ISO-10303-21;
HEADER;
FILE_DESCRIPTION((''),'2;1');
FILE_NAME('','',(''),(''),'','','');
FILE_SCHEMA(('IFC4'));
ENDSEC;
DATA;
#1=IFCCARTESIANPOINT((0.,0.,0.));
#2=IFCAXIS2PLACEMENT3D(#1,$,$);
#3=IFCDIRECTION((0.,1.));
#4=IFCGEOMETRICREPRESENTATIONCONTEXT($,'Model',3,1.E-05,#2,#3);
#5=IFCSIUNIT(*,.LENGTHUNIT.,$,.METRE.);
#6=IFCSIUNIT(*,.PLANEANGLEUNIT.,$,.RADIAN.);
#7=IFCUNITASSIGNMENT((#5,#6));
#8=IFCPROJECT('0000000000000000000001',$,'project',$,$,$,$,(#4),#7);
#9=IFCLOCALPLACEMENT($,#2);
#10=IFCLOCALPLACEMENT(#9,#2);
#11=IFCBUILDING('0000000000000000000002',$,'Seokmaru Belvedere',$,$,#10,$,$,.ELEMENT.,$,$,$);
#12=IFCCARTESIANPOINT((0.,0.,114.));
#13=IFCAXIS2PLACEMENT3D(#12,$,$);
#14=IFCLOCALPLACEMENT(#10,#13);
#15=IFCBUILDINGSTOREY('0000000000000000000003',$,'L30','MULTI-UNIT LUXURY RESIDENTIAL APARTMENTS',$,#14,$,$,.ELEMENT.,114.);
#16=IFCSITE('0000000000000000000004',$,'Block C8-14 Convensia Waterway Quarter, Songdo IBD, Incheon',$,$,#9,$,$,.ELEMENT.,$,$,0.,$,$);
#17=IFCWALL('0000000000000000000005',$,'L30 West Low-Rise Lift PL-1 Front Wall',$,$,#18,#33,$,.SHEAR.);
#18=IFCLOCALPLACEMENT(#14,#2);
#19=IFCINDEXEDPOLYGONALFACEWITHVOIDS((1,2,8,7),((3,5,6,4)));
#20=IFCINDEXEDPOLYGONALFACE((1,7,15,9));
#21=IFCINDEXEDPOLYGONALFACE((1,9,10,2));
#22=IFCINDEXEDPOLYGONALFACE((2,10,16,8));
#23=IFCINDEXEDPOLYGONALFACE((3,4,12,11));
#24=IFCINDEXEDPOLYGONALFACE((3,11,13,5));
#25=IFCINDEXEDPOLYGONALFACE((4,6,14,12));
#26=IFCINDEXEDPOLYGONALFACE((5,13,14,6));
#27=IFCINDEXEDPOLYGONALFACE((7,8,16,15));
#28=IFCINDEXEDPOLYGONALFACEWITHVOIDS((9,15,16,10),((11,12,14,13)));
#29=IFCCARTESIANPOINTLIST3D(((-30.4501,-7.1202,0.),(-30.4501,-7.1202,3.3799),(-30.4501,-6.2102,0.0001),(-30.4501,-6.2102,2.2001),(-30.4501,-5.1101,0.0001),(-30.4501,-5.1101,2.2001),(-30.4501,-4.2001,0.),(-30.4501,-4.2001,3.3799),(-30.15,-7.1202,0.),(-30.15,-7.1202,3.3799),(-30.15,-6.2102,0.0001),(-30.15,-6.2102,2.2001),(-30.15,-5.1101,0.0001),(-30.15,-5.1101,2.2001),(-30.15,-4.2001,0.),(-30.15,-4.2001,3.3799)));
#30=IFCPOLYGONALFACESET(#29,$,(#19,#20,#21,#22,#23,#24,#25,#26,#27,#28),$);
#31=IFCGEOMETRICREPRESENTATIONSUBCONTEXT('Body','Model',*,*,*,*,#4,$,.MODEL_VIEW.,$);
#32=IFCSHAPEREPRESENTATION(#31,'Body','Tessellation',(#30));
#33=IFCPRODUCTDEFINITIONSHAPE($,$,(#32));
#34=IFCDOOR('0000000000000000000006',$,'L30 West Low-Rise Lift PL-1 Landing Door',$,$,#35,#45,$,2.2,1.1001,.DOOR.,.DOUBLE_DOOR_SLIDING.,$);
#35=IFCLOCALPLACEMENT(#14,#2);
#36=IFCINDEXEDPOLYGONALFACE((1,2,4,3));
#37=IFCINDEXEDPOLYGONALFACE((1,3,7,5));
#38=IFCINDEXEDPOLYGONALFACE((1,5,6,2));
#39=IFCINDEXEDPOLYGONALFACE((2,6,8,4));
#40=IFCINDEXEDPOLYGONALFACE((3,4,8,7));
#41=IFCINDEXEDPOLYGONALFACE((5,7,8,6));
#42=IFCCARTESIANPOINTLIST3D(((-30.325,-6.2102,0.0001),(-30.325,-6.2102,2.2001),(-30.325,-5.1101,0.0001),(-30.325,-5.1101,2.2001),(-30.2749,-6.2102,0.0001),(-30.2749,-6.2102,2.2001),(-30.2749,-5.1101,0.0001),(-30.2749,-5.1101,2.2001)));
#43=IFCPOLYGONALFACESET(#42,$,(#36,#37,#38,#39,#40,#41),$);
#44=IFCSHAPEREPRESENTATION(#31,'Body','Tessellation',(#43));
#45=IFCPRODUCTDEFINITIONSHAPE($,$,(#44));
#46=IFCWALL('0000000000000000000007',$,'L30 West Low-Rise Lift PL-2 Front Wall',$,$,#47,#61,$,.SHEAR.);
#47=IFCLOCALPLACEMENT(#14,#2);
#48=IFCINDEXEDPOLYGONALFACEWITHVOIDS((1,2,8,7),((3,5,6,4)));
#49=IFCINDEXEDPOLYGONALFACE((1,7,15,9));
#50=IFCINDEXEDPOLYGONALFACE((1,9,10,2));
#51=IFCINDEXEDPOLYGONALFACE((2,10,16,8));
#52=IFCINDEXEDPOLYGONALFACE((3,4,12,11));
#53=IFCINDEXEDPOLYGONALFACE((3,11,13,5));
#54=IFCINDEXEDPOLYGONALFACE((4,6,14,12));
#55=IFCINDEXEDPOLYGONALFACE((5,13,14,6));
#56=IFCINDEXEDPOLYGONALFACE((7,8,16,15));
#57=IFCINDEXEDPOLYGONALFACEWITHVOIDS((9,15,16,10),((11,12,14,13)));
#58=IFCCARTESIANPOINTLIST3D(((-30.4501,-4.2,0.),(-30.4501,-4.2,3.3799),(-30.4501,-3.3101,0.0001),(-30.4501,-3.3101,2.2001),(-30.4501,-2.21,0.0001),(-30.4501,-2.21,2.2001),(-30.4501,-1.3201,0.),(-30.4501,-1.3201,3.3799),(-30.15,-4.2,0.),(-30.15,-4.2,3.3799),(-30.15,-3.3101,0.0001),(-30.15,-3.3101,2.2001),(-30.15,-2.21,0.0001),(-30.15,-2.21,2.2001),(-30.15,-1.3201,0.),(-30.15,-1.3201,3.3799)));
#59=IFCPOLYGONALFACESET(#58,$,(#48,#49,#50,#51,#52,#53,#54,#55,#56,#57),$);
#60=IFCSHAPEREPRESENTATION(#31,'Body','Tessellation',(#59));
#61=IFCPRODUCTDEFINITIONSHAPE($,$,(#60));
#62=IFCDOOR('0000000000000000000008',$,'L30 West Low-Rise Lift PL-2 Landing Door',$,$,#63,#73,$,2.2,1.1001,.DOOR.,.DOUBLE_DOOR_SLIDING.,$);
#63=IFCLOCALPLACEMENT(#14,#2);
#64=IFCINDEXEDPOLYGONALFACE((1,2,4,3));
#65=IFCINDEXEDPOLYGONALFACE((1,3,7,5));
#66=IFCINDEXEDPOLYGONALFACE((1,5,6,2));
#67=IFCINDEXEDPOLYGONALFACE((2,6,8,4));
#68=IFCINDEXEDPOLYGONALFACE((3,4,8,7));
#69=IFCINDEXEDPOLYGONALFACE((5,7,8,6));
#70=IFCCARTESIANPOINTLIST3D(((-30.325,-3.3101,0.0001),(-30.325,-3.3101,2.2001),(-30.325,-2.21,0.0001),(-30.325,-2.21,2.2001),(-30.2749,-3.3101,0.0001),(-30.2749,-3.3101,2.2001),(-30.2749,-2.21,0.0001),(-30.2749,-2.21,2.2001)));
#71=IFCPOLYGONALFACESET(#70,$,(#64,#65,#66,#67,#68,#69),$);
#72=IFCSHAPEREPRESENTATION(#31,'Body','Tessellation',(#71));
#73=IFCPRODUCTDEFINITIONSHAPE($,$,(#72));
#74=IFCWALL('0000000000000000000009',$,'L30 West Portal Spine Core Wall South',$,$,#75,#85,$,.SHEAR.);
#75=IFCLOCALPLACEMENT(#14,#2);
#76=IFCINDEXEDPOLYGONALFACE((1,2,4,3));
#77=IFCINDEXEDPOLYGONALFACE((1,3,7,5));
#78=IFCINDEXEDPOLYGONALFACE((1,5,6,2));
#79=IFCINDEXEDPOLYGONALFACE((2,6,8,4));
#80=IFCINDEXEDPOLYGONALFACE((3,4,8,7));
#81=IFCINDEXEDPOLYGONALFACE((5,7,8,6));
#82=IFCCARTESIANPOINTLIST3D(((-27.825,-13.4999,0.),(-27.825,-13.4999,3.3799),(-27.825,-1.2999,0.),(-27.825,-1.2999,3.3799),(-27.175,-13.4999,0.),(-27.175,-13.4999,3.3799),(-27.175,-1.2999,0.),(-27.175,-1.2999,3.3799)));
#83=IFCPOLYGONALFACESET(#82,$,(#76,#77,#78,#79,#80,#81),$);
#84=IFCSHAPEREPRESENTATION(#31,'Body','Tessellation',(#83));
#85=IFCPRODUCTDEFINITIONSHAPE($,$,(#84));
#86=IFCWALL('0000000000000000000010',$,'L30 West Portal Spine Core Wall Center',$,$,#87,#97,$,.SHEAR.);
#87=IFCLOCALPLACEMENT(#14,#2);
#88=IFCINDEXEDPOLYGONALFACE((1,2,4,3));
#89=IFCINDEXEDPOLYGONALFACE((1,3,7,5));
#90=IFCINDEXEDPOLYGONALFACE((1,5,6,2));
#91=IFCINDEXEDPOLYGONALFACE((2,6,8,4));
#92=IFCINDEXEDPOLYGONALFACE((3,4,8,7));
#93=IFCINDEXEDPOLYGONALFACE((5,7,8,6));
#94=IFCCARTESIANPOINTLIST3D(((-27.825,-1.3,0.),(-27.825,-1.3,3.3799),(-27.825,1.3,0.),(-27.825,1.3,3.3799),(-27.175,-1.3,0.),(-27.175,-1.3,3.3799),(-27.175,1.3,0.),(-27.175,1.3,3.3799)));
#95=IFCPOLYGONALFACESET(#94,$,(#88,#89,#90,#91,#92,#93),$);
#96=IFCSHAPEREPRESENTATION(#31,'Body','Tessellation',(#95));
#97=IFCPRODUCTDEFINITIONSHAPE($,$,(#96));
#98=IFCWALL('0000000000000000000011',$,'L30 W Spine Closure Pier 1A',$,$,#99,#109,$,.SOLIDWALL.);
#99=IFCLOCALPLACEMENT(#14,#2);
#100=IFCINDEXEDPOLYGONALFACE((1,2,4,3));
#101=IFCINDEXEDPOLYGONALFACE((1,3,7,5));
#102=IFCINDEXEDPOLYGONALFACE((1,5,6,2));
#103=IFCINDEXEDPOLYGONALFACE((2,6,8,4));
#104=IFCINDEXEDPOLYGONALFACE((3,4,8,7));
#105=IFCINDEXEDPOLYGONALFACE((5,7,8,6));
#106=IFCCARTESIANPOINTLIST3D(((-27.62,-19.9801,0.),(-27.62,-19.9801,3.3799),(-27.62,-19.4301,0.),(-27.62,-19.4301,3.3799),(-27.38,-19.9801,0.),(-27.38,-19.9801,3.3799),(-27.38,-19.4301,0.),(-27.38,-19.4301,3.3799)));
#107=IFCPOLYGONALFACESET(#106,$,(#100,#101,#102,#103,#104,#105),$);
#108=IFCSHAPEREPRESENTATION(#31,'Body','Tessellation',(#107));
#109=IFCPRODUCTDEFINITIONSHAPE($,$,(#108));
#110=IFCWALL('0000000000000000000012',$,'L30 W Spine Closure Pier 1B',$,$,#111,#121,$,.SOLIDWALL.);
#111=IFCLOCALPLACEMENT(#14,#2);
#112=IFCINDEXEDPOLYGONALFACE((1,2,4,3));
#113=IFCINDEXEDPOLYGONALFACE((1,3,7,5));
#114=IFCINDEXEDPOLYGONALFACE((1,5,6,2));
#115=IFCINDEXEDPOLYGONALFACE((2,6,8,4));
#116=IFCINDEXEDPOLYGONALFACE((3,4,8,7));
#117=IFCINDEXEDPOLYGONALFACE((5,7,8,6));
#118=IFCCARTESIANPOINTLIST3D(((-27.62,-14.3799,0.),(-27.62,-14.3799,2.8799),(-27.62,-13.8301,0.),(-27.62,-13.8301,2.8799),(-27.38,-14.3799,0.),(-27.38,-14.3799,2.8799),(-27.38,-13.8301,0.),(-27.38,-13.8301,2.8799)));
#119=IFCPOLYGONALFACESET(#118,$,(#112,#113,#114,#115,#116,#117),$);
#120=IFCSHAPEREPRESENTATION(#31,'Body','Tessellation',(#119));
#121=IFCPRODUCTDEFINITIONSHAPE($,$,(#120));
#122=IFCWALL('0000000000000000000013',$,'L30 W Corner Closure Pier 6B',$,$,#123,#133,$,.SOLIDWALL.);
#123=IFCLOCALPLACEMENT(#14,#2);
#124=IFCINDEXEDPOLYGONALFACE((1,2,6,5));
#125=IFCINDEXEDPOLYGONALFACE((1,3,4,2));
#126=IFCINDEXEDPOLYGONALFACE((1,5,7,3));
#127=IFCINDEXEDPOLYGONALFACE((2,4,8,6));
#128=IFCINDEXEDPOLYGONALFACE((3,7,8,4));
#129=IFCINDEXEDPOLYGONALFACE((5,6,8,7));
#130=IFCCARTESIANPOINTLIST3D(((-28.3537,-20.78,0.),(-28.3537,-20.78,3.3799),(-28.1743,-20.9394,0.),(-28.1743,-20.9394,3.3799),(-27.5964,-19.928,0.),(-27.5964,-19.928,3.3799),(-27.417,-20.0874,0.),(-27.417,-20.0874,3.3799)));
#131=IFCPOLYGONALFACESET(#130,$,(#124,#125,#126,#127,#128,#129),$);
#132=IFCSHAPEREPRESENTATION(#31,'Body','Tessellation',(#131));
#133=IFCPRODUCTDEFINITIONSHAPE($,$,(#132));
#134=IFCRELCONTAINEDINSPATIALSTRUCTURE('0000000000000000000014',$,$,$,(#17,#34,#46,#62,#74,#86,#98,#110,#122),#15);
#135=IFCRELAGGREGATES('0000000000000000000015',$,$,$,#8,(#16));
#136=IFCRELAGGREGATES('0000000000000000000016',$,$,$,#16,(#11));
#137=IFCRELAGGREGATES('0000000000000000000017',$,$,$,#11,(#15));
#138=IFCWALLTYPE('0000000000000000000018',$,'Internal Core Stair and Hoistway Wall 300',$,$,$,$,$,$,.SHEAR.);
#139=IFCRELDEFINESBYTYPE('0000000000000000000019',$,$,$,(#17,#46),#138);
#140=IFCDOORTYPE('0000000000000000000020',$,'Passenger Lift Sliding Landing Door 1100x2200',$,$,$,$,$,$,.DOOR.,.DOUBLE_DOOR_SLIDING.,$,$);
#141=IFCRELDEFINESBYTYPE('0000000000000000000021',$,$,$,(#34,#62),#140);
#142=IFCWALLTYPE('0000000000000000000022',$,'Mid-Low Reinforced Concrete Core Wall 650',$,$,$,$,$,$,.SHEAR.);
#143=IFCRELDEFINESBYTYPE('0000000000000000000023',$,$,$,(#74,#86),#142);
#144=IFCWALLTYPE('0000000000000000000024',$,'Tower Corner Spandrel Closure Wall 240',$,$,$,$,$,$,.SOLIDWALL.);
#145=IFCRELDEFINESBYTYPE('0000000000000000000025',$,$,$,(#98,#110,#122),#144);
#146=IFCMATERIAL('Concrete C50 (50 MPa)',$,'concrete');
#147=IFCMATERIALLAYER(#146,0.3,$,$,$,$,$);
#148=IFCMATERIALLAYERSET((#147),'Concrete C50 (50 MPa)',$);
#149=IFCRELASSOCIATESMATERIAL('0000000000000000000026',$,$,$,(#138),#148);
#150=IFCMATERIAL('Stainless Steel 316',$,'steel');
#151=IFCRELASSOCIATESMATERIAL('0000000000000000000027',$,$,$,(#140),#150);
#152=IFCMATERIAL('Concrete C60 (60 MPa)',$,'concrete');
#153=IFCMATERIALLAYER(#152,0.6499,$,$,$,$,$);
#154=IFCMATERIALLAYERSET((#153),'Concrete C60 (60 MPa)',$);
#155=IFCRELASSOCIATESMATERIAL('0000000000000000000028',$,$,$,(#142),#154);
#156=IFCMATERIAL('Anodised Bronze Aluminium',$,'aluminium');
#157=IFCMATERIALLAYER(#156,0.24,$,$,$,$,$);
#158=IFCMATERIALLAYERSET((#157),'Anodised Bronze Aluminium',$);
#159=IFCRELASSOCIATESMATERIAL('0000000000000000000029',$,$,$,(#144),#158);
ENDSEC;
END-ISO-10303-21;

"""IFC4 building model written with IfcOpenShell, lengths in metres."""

from ifc_helpers import new_model, si_unit, direction, frame, frame_2d, origin, place, context, subcontext, project, spatial, rectangle, extrude, source, transform, mapped, material, layer, layer_set, type_object, type_shapes, element, fill, save


model = new_model("IFC4")

# Units and contexts
model_context = context("Model", 3, precision=1e-05, world=origin(), true_north=direction((0.0, 1.0)))
body_context = subcontext(model_context, "Body", "Model", "MODEL_VIEW")
ifc_project = project(units=[si_unit("LENGTHUNIT", "METRE"), si_unit("PLANEANGLEUNIT", "RADIAN")], contexts=[model_context])

# Site, building, storey
site_placement = place(None, origin())
site = spatial("IfcSite", under=ifc_project, at=site_placement, Name="Block C8-14 Convensia Waterway Quarter, Songdo IBD, Incheon", CompositionType="ELEMENT", RefElevation=0.0)
building_placement = place(site_placement, origin())
building = spatial("IfcBuilding", under=site, at=building_placement, Name="Seokmaru Belvedere", CompositionType="ELEMENT")
storey_placement = place(building_placement, frame((0.0, 0.0, 114.0)))
storey = spatial("IfcBuildingStorey", under=building, at=storey_placement, Name="L30", Description="MULTI-UNIT LUXURY RESIDENTIAL APARTMENTS", CompositionType="ELEMENT", Elevation=114.0)

# Shared definitions
ifc_material_1 = material(Name="Anodised Bronze Aluminium", Category="aluminium")

# Shared definitions
ifc_material_2 = material(Name="Concrete C50 (50 MPa)", Category="concrete")

# Walls, openings, doors
ifc_layer_1 = layer(ifc_material_2, 0.3)
ifc_layer_set_1 = layer_set([ifc_layer_1], Name="Concrete C50 (50 MPa)")
wall_type_1 = type_object("IfcWallType", Name="Internal Core Stair and Hoistway Wall 300", PredefinedType="SHEAR", material=ifc_layer_set_1)
ifc_material_3 = material(Name="Stainless Steel 316", Category="steel")
wall_1_placement = place(storey_placement, frame((-30.3, -7.1201, 0.0), z_axis=(0.0, 0.0, 1.0), x_axis=(0.0, 1.0, 0.0)))
wall_1 = element("IfcWall", 1, at=wall_1_placement, inside=storey, type_object=wall_type_1, Name="L30 West Low-Rise Lift PL-1 Front Wall", PredefinedType="SHEAR", context=body_context, shape_type="SweptSolid", body=[
    extrude(rectangle(XDim=2.9202, YDim=0.3, at=frame_2d((1.46, 0.0))), origin(), (0.0, 0.0, 1.0), 3.3799),
])
opening_1_placement = place(wall_1_placement, frame((0.9099, 0.0, 0.0)))
opening_1 = element("IfcOpeningElement", 2, at=opening_1_placement, cuts=wall_1, PredefinedType="OPENING", context=body_context, shape_type="SweptSolid", body=[
    extrude(rectangle(XDim=1.1001, YDim=2.2, at=frame_2d((0.55, 1.1001))), frame((0.0, 0.1602, 0.0), z_axis=(0.0, -1.0, 0.0), x_axis=(1.0, 0.0, 0.0)), (0.0, 0.0, 1.0), 0.3201),
])
door_type_1 = type_object("IfcDoorType", Name="Passenger Lift Sliding Landing Door 1100x2200", OperationType="DOUBLE_DOOR_SLIDING", PredefinedType="DOOR", material=ifc_material_3)
shared_shape_1 = source(origin(), body_context, "Body", "SweptSolid", [
    extrude(rectangle(XDim=1.1001, YDim=2.2, at=frame_2d((0.55, 1.1001))), frame((0.0, 0.0249, 0.0), z_axis=(0.0, -1.0, 0.0), x_axis=(1.0, 0.0, 0.0)), (0.0, 0.0, 1.0), 0.05),
])
type_shapes(door_type_1, [shared_shape_1])
door_1_placement = place(opening_1_placement, origin())
door_1 = element("IfcDoor", 3, at=door_1_placement, inside=storey, type_object=door_type_1, Name="L30 West Low-Rise Lift PL-1 Landing Door", OperationType="DOUBLE_DOOR_SLIDING", OverallHeight=2.2, OverallWidth=1.1001, PredefinedType="DOOR", context=body_context, shape_type="MappedRepresentation", body=[
    mapped(shared_shape_1, transform((0.0, 0.0, 0.0), scale=1.0)),
])
fill(opening_1, door_1)
wall_2_placement = place(storey_placement, frame((-30.3, -4.2, 0.0), z_axis=(0.0, 0.0, 1.0), x_axis=(0.0, 1.0, 0.0)))
wall_2 = element("IfcWall", 4, at=wall_2_placement, inside=storey, type_object=wall_type_1, Name="L30 West Low-Rise Lift PL-2 Front Wall", PredefinedType="SHEAR", context=body_context, shape_type="SweptSolid", body=[
    extrude(rectangle(XDim=2.8799, YDim=0.3, at=frame_2d((1.4399, 0.0))), origin(), (0.0, 0.0, 1.0), 3.3799),
])
opening_2_placement = place(wall_2_placement, frame((0.8899, 0.0, 0.0)))
opening_2 = element("IfcOpeningElement", 5, at=opening_2_placement, cuts=wall_2, PredefinedType="OPENING", context=body_context, shape_type="SweptSolid", body=[
    extrude(rectangle(XDim=1.1001, YDim=2.2, at=frame_2d((0.55, 1.1001))), frame((0.0, 0.1602, 0.0), z_axis=(0.0, -1.0, 0.0), x_axis=(1.0, 0.0, 0.0)), (0.0, 0.0, 1.0), 0.3201),
])
door_2_placement = place(opening_2_placement, origin())
door_2 = element("IfcDoor", 6, at=door_2_placement, inside=storey, type_object=door_type_1, Name="L30 West Low-Rise Lift PL-2 Landing Door", OperationType="DOUBLE_DOOR_SLIDING", OverallHeight=2.2, OverallWidth=1.1001, PredefinedType="DOOR", context=body_context, shape_type="MappedRepresentation", body=[
    mapped(shared_shape_1, transform((0.0, 0.0, 0.0), scale=1.0)),
])
fill(opening_2, door_2)

# Walls
ifc_material_4 = material(Name="Concrete C60 (60 MPa)", Category="concrete")
ifc_layer_2 = layer(ifc_material_4, 0.6499)
ifc_layer_set_2 = layer_set([ifc_layer_2], Name="Concrete C60 (60 MPa)")
wall_type_2 = type_object("IfcWallType", Name="Mid-Low Reinforced Concrete Core Wall 650", PredefinedType="SHEAR", material=ifc_layer_set_2)
wall_3_placement = place(storey_placement, frame((-27.5, -13.5, 0.0), z_axis=(0.0, 0.0, 1.0), x_axis=(0.0, 1.0, 0.0)))
element("IfcWall", 7, at=wall_3_placement, inside=storey, type_object=wall_type_2, Name="L30 West Portal Spine Core Wall South", PredefinedType="SHEAR", context=body_context, shape_type="SweptSolid", body=[
    extrude(rectangle(XDim=12.2, YDim=0.6499, at=frame_2d((6.1001, 0.0))), origin(), (0.0, 0.0, 1.0), 3.3799),
])
wall_4_placement = place(storey_placement, frame((-27.5, -1.3, 0.0), z_axis=(0.0, 0.0, 1.0), x_axis=(0.0, 1.0, 0.0)))
element("IfcWall", 8, at=wall_4_placement, inside=storey, type_object=wall_type_2, Name="L30 West Portal Spine Core Wall Center", PredefinedType="SHEAR", context=body_context, shape_type="SweptSolid", body=[
    extrude(rectangle(XDim=2.6001, YDim=0.6499, at=frame_2d((1.3, 0.0))), origin(), (0.0, 0.0, 1.0), 3.3799),
])
ifc_layer_3 = layer(ifc_material_1, 0.24)
ifc_layer_set_3 = layer_set([ifc_layer_3], Name="Anodised Bronze Aluminium")
wall_type_3 = type_object("IfcWallType", Name="Tower Corner Spandrel Closure Wall 240", PredefinedType="SOLIDWALL", material=ifc_layer_set_3)
wall_5_placement = place(storey_placement, frame((-27.5, -19.98, 0.0), z_axis=(0.0, 0.0, 1.0), x_axis=(0.0, 1.0, 0.0)))
element("IfcWall", 9, at=wall_5_placement, inside=storey, type_object=wall_type_3, Name="L30 W Spine Closure Pier 1A", PredefinedType="SOLIDWALL", context=body_context, shape_type="SweptSolid", body=[
    extrude(rectangle(XDim=0.55, YDim=0.24, at=frame_2d((0.2749, 0.0))), origin(), (0.0, 0.0, 1.0), 3.3799),
])
wall_6_placement = place(storey_placement, frame((-27.5, -14.3799, 0.0), z_axis=(0.0, 0.0, 1.0), x_axis=(0.0, 1.0, 0.0)))
element("IfcWall", 10, at=wall_6_placement, inside=storey, type_object=wall_type_3, Name="L30 W Spine Closure Pier 1B", PredefinedType="SOLIDWALL", context=body_context, shape_type="SweptSolid", body=[
    extrude(rectangle(XDim=0.5498, YDim=0.24, at=frame_2d((0.2749, 0.0))), origin(), (0.0, 0.0, 1.0), 2.8799),
])
wall_7_placement = place(storey_placement, frame((-28.2639, -20.8596, 0.0), z_axis=(0.0, 0.0, 1.0), x_axis=(0.664337, 0.747433, 0.0)))
element("IfcWall", 11, at=wall_7_placement, inside=storey, type_object=wall_type_3, Name="L30 W Corner Closure Pier 6B", PredefinedType="SOLIDWALL", context=body_context, shape_type="SweptSolid", body=[
    extrude(rectangle(XDim=1.1399, YDim=0.24, at=frame_2d((0.5698, 0.0))), origin(), (0.0, 0.0, 1.0), 3.3799),
])

save(model, "model.ifc")
